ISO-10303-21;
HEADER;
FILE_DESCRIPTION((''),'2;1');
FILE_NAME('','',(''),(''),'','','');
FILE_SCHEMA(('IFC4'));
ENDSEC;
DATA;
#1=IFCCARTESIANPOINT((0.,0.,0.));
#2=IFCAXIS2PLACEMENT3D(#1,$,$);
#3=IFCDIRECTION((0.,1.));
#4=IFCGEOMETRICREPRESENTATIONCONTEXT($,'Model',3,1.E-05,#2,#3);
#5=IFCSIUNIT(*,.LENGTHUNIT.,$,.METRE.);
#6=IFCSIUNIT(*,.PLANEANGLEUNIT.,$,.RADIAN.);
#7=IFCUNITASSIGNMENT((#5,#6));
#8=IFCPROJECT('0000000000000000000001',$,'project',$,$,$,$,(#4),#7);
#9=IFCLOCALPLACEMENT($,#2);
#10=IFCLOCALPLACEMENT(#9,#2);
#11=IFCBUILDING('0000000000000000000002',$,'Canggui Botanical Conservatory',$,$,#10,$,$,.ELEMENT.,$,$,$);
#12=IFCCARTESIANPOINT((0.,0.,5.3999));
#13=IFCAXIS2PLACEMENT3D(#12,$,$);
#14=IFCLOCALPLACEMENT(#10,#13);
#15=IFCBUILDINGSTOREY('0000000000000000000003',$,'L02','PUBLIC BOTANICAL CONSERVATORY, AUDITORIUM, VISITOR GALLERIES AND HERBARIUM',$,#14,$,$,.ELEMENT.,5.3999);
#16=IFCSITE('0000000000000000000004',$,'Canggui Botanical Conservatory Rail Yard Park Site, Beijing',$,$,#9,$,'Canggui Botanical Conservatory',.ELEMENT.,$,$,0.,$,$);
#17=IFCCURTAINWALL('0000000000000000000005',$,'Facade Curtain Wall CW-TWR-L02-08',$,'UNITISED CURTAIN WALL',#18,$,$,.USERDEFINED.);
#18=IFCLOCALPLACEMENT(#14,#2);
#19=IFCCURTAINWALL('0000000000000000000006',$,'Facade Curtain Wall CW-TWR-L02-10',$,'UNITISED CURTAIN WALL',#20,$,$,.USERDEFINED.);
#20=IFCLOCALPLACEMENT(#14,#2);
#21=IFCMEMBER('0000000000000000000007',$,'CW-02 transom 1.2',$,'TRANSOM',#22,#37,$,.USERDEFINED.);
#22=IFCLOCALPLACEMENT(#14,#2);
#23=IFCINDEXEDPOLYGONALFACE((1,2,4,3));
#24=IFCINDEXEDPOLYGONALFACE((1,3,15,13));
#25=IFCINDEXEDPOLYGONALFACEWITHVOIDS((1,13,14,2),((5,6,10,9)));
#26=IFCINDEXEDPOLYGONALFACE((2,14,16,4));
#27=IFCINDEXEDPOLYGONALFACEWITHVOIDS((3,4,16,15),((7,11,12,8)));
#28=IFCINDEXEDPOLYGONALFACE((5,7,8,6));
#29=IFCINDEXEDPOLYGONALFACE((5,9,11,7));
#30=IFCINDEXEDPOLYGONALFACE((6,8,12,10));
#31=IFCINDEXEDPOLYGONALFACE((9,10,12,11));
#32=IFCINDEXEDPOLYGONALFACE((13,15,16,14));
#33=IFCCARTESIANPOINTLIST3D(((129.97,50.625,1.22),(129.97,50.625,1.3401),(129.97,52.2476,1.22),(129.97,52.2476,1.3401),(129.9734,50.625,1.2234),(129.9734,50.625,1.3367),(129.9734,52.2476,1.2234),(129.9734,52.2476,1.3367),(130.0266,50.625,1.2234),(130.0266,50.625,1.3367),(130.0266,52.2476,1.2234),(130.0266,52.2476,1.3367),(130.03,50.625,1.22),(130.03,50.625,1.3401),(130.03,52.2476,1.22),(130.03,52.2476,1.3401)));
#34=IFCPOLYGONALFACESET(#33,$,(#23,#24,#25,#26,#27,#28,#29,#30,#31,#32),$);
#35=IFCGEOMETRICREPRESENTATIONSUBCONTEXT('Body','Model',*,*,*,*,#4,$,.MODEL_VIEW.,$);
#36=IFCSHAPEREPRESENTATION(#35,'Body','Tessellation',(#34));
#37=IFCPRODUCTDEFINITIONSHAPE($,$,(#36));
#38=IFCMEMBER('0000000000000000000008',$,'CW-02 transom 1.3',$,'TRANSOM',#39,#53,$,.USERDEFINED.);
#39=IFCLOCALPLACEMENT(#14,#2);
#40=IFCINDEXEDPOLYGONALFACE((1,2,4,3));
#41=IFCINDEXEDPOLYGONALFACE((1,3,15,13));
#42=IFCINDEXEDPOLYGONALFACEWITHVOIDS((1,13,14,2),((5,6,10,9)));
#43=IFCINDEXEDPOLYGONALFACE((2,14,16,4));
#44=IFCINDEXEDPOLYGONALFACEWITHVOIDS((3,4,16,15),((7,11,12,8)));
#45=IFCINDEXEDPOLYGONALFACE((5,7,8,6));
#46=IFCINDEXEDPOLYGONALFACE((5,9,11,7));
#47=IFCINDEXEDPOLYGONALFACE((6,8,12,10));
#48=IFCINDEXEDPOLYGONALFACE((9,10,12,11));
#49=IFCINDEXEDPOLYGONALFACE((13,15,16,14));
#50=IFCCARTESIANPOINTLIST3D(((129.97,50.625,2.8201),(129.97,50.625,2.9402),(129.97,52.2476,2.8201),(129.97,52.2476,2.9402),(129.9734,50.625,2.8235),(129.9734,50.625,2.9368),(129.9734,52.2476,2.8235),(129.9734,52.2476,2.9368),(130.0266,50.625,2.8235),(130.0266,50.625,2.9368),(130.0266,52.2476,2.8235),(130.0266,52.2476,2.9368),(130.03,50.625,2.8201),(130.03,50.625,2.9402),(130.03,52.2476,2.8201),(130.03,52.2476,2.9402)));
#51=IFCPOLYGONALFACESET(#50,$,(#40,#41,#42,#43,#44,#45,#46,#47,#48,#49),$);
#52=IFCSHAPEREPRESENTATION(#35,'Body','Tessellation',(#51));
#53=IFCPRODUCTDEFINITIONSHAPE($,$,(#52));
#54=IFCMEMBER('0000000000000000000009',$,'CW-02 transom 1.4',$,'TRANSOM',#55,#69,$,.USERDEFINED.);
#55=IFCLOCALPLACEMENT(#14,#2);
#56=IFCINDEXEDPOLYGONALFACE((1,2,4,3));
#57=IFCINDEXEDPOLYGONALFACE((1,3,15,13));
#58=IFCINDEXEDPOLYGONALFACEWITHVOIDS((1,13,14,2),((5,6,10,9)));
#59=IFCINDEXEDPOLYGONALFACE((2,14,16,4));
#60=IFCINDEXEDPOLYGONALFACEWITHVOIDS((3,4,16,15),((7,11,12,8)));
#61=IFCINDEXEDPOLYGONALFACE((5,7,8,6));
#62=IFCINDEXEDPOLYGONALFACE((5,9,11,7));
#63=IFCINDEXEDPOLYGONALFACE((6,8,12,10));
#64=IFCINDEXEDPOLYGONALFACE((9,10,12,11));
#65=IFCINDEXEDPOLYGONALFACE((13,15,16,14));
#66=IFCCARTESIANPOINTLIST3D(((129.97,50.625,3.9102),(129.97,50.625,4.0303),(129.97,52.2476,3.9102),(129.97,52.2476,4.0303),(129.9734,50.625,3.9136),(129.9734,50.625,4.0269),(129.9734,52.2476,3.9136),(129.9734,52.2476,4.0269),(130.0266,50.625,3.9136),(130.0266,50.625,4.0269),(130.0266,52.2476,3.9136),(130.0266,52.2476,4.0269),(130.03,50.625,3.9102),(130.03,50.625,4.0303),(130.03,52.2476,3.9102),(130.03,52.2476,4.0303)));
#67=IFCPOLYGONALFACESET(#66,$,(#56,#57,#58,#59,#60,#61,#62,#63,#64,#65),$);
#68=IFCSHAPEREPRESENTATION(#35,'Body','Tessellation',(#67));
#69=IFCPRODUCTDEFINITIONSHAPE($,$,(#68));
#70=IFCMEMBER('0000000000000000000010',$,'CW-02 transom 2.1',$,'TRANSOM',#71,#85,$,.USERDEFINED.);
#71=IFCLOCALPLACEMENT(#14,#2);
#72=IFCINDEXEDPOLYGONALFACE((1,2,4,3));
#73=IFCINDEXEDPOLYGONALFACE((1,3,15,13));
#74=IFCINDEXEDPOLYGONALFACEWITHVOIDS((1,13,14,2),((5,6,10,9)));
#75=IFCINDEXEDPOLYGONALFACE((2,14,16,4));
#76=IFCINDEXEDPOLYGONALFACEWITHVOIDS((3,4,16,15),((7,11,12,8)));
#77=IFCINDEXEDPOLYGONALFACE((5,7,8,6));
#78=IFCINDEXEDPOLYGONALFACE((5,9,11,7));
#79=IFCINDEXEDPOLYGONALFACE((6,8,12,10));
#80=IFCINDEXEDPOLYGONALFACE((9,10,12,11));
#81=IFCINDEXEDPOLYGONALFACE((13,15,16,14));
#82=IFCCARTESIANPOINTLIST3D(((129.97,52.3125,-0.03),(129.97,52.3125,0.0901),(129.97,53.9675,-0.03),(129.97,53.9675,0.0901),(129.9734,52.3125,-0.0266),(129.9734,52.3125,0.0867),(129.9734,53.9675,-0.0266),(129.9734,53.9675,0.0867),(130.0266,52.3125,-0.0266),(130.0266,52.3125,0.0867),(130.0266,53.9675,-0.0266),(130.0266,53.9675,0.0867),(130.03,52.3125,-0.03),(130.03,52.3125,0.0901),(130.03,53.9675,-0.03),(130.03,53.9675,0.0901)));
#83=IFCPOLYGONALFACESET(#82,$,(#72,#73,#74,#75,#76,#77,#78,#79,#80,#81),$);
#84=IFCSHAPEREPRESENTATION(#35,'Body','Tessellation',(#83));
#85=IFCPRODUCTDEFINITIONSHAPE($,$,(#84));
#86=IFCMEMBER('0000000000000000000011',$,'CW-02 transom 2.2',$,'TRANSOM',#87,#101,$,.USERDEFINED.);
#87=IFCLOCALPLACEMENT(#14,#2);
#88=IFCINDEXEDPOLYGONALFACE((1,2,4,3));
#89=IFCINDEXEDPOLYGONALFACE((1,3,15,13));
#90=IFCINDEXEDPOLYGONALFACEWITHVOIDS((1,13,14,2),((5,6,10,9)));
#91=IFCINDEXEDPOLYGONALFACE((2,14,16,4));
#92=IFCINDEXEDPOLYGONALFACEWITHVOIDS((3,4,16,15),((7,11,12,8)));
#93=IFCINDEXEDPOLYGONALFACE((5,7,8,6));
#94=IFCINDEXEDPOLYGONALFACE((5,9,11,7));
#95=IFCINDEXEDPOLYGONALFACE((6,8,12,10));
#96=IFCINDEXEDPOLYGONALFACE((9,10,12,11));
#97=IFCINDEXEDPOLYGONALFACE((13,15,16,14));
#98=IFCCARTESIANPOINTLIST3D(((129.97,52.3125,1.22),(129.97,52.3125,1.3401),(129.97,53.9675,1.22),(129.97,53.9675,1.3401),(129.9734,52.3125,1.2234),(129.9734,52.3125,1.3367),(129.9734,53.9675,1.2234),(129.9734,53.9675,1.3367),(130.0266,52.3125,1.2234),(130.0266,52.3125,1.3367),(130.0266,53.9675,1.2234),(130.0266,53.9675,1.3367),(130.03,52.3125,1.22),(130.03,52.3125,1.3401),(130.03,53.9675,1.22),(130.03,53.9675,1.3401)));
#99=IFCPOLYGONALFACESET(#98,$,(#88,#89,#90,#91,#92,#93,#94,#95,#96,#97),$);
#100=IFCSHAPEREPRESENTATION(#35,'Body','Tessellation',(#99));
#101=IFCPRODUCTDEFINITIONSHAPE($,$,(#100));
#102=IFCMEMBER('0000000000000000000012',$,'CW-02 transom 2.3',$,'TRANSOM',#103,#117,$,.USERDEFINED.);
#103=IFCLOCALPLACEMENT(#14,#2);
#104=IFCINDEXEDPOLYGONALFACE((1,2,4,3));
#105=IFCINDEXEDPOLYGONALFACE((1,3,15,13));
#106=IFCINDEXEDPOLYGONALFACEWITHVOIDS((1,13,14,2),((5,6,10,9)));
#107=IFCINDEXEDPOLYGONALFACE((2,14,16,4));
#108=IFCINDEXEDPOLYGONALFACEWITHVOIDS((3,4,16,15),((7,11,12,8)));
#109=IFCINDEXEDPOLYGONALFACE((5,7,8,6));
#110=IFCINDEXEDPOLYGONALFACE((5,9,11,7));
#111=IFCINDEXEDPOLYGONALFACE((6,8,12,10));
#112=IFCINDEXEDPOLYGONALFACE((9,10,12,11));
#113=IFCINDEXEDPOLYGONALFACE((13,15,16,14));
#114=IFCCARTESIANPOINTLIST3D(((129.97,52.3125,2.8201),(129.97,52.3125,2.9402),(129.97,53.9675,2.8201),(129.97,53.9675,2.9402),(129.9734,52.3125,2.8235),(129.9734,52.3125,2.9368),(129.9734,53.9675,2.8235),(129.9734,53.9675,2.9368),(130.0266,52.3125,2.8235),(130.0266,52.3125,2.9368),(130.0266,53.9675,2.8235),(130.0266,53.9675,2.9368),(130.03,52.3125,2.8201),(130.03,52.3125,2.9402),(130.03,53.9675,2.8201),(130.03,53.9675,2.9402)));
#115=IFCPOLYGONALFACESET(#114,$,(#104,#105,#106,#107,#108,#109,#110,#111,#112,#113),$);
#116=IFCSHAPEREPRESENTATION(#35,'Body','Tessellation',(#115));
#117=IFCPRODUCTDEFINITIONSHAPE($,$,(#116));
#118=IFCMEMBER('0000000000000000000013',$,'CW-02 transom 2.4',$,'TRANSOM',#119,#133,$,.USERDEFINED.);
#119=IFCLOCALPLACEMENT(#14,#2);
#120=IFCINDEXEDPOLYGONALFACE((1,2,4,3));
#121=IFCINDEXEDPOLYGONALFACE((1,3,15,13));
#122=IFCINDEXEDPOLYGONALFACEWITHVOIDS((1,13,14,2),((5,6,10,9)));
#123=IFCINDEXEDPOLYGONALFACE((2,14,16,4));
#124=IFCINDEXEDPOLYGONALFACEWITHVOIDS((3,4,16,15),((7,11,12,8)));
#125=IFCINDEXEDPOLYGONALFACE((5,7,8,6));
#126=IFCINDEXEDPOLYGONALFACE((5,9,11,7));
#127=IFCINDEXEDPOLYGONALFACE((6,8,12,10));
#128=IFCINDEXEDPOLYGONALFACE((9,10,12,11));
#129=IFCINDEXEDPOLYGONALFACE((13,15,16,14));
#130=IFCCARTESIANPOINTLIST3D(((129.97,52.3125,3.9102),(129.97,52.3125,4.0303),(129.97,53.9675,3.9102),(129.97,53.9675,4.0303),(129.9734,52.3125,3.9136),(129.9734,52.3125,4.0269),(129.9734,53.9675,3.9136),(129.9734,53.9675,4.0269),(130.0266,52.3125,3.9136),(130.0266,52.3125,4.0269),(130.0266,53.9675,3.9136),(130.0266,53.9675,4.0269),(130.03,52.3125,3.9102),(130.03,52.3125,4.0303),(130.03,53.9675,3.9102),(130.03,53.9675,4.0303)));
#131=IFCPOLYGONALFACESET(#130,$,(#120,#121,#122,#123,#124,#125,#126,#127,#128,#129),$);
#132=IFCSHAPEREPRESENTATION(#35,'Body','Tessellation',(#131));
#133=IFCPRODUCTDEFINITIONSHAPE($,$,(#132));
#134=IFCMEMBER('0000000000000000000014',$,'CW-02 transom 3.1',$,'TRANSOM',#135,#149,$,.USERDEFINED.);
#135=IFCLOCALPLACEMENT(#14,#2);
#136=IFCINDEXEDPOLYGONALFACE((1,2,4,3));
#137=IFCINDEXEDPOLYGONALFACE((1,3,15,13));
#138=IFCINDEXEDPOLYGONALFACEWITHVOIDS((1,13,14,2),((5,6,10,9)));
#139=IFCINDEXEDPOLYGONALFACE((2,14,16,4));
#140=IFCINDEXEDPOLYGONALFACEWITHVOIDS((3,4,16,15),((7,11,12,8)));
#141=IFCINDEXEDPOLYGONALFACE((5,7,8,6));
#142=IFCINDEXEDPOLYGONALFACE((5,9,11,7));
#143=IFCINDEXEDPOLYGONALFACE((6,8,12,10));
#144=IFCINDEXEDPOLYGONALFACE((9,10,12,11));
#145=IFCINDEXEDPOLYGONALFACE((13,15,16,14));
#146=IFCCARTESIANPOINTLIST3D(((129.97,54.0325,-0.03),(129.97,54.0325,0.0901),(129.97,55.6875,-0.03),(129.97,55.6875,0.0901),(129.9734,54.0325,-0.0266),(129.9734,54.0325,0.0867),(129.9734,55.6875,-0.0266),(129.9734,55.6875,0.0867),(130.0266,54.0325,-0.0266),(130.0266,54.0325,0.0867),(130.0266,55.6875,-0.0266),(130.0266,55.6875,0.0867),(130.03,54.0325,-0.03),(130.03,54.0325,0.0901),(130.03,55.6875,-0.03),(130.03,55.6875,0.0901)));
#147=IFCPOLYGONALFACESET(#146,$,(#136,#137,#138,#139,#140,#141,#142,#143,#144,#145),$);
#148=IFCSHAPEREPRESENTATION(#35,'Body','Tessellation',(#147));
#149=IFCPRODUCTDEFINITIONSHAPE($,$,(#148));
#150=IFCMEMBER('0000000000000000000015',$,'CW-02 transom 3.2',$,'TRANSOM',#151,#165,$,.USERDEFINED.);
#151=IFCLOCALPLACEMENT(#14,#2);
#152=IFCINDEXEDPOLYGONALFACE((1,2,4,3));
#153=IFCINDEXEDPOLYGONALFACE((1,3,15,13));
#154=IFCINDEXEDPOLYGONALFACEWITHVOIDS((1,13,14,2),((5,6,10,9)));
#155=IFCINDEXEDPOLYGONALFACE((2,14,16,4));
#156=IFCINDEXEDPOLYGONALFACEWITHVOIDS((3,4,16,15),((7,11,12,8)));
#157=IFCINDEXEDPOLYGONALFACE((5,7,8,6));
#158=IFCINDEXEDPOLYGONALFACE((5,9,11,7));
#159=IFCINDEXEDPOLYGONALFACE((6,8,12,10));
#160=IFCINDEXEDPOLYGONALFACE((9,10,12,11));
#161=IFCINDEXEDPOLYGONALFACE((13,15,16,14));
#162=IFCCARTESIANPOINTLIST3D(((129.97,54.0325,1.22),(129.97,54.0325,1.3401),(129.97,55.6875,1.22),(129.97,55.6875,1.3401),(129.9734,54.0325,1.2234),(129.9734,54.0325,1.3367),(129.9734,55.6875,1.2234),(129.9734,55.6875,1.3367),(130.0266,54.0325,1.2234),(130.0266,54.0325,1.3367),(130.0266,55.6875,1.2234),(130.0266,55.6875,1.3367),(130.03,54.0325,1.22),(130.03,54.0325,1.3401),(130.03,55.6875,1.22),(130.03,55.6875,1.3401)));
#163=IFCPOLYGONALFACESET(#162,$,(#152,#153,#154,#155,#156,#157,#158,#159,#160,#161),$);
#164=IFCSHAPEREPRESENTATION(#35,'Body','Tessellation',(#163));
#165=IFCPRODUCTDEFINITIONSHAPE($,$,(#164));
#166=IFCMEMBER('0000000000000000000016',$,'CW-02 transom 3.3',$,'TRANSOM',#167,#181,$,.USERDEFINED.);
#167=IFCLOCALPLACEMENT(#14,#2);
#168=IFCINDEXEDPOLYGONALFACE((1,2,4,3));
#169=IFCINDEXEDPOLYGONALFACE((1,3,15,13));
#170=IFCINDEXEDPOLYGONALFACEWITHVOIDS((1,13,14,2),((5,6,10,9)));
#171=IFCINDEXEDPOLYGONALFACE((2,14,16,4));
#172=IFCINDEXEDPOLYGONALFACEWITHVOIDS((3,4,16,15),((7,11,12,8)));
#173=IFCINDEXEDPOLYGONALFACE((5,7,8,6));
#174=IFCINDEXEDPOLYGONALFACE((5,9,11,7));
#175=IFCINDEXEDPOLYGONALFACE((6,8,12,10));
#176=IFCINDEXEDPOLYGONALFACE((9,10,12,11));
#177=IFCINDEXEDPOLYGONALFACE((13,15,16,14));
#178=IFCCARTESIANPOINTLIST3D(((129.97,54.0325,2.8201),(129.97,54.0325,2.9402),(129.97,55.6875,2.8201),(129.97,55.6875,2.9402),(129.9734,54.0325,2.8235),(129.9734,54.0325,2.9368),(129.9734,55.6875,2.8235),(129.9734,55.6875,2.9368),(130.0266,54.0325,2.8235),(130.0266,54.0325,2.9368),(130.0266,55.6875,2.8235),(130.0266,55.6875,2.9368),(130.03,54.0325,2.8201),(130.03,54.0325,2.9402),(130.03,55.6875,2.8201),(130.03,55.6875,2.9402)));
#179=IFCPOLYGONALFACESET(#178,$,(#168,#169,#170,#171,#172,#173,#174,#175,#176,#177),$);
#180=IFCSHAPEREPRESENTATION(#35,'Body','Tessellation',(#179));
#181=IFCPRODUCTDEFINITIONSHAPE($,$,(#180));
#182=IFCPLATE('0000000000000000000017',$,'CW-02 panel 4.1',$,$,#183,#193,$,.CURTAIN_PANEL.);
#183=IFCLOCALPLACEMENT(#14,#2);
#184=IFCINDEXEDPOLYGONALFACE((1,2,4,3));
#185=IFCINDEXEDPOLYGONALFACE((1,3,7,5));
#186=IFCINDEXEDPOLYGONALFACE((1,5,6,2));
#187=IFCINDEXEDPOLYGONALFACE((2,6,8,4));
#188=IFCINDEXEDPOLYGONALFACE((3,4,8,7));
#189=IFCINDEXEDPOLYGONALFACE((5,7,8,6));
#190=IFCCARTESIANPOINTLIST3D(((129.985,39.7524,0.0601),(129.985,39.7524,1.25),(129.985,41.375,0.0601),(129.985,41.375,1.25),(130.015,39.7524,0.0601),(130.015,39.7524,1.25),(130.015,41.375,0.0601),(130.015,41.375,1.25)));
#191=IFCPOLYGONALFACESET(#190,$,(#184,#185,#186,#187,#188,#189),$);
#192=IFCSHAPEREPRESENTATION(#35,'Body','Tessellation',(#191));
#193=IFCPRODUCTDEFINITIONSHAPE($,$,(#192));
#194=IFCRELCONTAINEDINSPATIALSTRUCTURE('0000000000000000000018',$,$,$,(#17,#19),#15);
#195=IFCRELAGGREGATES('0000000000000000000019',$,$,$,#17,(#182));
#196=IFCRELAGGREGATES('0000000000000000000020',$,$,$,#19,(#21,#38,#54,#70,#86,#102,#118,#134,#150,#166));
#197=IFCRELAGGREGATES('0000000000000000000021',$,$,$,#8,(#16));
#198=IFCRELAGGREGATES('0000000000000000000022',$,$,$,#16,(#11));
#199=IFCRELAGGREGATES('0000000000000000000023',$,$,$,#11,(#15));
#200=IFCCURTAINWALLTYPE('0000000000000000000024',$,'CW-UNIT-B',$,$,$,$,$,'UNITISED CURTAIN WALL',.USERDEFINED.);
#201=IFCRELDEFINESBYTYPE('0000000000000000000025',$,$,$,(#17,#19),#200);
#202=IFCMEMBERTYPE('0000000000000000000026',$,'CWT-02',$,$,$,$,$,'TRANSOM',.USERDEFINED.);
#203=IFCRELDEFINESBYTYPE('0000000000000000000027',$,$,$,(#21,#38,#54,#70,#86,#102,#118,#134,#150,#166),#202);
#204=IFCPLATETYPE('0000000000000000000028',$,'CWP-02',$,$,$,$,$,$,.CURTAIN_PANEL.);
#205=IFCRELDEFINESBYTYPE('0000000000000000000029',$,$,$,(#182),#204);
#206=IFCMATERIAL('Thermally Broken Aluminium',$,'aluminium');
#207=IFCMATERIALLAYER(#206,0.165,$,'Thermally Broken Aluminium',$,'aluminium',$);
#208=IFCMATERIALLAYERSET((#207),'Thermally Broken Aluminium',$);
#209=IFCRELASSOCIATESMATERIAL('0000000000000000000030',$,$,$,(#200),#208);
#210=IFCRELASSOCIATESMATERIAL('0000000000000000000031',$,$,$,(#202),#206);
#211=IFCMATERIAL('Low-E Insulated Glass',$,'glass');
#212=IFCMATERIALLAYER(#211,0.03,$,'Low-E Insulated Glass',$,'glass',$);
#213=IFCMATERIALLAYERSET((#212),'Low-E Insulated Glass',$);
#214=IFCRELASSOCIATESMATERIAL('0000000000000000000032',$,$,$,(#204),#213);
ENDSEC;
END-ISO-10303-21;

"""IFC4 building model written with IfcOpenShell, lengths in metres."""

from ifc_helpers import new_model, si_unit, direction, frame, origin, origin_2d, place, context, subcontext, project, spatial, rectangle, hollow_rectangle, extrude, material, layer, layer_set, material_profile, profile_set, type_object, element, aggregate, save


model = new_model("IFC4")

# Units and contexts
model_context = context("Model", 3, precision=1e-05, world=origin(), true_north=direction((0.0, 1.0)))
body_context = subcontext(model_context, "Body", "Model", "MODEL_VIEW")
ifc_project = project(units=[si_unit("LENGTHUNIT", "METRE"), si_unit("PLANEANGLEUNIT", "RADIAN")], contexts=[model_context])

# Site, building, storey
site_placement = place(None, origin())
site = spatial("IfcSite", under=ifc_project, at=site_placement, Name="Canggui Botanical Conservatory Rail Yard Park Site, Beijing", LongName="Canggui Botanical Conservatory", CompositionType="ELEMENT", RefElevation=0.0)
building_placement = place(site_placement, origin())
building = spatial("IfcBuilding", under=site, at=building_placement, Name="Canggui Botanical Conservatory", CompositionType="ELEMENT")
storey_placement = place(building_placement, frame((0.0, 0.0, 5.3999)))
storey = spatial("IfcBuildingStorey", under=building, at=storey_placement, Name="L02", Description="PUBLIC BOTANICAL CONSERVATORY, AUDITORIUM, VISITOR GALLERIES AND HERBARIUM", CompositionType="ELEMENT", Elevation=5.3999)

# Curtain wall
ifc_material_1 = material(Name="Thermally Broken Aluminium", Category="aluminium")
ifc_layer_1 = layer(ifc_material_1, 0.165, Name="Thermally Broken Aluminium", Category="aluminium")
ifc_layer_set_1 = layer_set([ifc_layer_1], Name="Thermally Broken Aluminium")
curtain_wall_type = type_object("IfcCurtainWallType", Name="CW-UNIT-B", ElementType="UNITISED CURTAIN WALL", PredefinedType="USERDEFINED", material=ifc_layer_set_1)
curtain_wall_1_placement = place(storey_placement, origin())
curtain_wall_1 = element("IfcCurtainWall", 1, at=curtain_wall_1_placement, inside=storey, type_object=curtain_wall_type, Name="Facade Curtain Wall CW-TWR-L02-08", ObjectType="UNITISED CURTAIN WALL", PredefinedType="USERDEFINED")

# Curtain wall
curtain_wall_2_placement = place(storey_placement, origin())
curtain_wall_2 = element("IfcCurtainWall", 2, at=curtain_wall_2_placement, inside=storey, type_object=curtain_wall_type, Name="Facade Curtain Wall CW-TWR-L02-10", ObjectType="UNITISED CURTAIN WALL", PredefinedType="USERDEFINED")

# Members
ifc_material_profile_1 = material_profile(ifc_material_1, hollow_rectangle(XDim=0.0601, YDim=0.1201, WallThickness=0.0034, at=origin_2d()), Name="CWT 60x120x3.5")
ifc_profile_set_1 = profile_set([ifc_material_profile_1], Name="Thermally Broken Aluminium")
member_type_1 = type_object("IfcMemberType", Name="CWT-02", ElementType="TRANSOM", PredefinedType="USERDEFINED", material=ifc_profile_set_1)
member_1_placement = place(storey_placement, frame((130.0, 50.625, 1.28), z_axis=(0.0, 1.0, 0.0), x_axis=(-1.0, 0.0, 0.0)))
member_1 = element("IfcMember", 3, at=member_1_placement, type_object=member_type_1, Name="CW-02 transom 1.2", ObjectType="TRANSOM", PredefinedType="USERDEFINED", context=body_context, shape_type="SweptSolid", body=[
    extrude(hollow_rectangle(XDim=0.0601, YDim=0.1201, WallThickness=0.0034, at=origin_2d()), origin(), (0.0, 0.0, 1.0), 1.6226),
])
member_2_placement = place(storey_placement, frame((130.0, 50.625, 2.8801), z_axis=(0.0, 1.0, 0.0), x_axis=(-1.0, 0.0, 0.0)))
member_2 = element("IfcMember", 4, at=member_2_placement, type_object=member_type_1, Name="CW-02 transom 1.3", ObjectType="TRANSOM", PredefinedType="USERDEFINED", context=body_context, shape_type="SweptSolid", body=[
    extrude(hollow_rectangle(XDim=0.0601, YDim=0.1201, WallThickness=0.0034, at=origin_2d()), origin(), (0.0, 0.0, 1.0), 1.6226),
])
member_3_placement = place(storey_placement, frame((130.0, 50.625, 3.9702), z_axis=(0.0, 1.0, 0.0), x_axis=(-1.0, 0.0, 0.0)))
member_3 = element("IfcMember", 5, at=member_3_placement, type_object=member_type_1, Name="CW-02 transom 1.4", ObjectType="TRANSOM", PredefinedType="USERDEFINED", context=body_context, shape_type="SweptSolid", body=[
    extrude(hollow_rectangle(XDim=0.0601, YDim=0.1201, WallThickness=0.0034, at=origin_2d()), origin(), (0.0, 0.0, 1.0), 1.6226),
])
member_4_placement = place(storey_placement, frame((130.0, 52.3125, 0.03), z_axis=(0.0, 1.0, 0.0), x_axis=(-1.0, 0.0, 0.0)))
member_4 = element("IfcMember", 6, at=member_4_placement, type_object=member_type_1, Name="CW-02 transom 2.1", ObjectType="TRANSOM", PredefinedType="USERDEFINED", context=body_context, shape_type="SweptSolid", body=[
    extrude(hollow_rectangle(XDim=0.0601, YDim=0.1201, WallThickness=0.0034, at=origin_2d()), origin(), (0.0, 0.0, 1.0), 1.655),
])
member_5_placement = place(storey_placement, frame((130.0, 52.3125, 1.28), z_axis=(0.0, 1.0, 0.0), x_axis=(-1.0, 0.0, 0.0)))
member_5 = element("IfcMember", 7, at=member_5_placement, type_object=member_type_1, Name="CW-02 transom 2.2", ObjectType="TRANSOM", PredefinedType="USERDEFINED", context=body_context, shape_type="SweptSolid", body=[
    extrude(hollow_rectangle(XDim=0.0601, YDim=0.1201, WallThickness=0.0034, at=origin_2d()), origin(), (0.0, 0.0, 1.0), 1.655),
])
member_6_placement = place(storey_placement, frame((130.0, 52.3125, 2.8801), z_axis=(0.0, 1.0, 0.0), x_axis=(-1.0, 0.0, 0.0)))
member_6 = element("IfcMember", 8, at=member_6_placement, type_object=member_type_1, Name="CW-02 transom 2.3", ObjectType="TRANSOM", PredefinedType="USERDEFINED", context=body_context, shape_type="SweptSolid", body=[
    extrude(hollow_rectangle(XDim=0.0601, YDim=0.1201, WallThickness=0.0034, at=origin_2d()), origin(), (0.0, 0.0, 1.0), 1.655),
])
member_7_placement = place(storey_placement, frame((130.0, 52.3125, 3.9702), z_axis=(0.0, 1.0, 0.0), x_axis=(-1.0, 0.0, 0.0)))
member_7 = element("IfcMember", 9, at=member_7_placement, type_object=member_type_1, Name="CW-02 transom 2.4", ObjectType="TRANSOM", PredefinedType="USERDEFINED", context=body_context, shape_type="SweptSolid", body=[
    extrude(hollow_rectangle(XDim=0.0601, YDim=0.1201, WallThickness=0.0034, at=origin_2d()), origin(), (0.0, 0.0, 1.0), 1.655),
])
member_8_placement = place(storey_placement, frame((130.0, 54.0325, 0.03), z_axis=(0.0, 1.0, 0.0), x_axis=(-1.0, 0.0, 0.0)))
member_8 = element("IfcMember", 10, at=member_8_placement, type_object=member_type_1, Name="CW-02 transom 3.1", ObjectType="TRANSOM", PredefinedType="USERDEFINED", context=body_context, shape_type="SweptSolid", body=[
    extrude(hollow_rectangle(XDim=0.0601, YDim=0.1201, WallThickness=0.0034, at=origin_2d()), origin(), (0.0, 0.0, 1.0), 1.655),
])
member_9_placement = place(storey_placement, frame((130.0, 54.0325, 1.28), z_axis=(0.0, 1.0, 0.0), x_axis=(-1.0, 0.0, 0.0)))
member_9 = element("IfcMember", 11, at=member_9_placement, type_object=member_type_1, Name="CW-02 transom 3.2", ObjectType="TRANSOM", PredefinedType="USERDEFINED", context=body_context, shape_type="SweptSolid", body=[
    extrude(hollow_rectangle(XDim=0.0601, YDim=0.1201, WallThickness=0.0034, at=origin_2d()), origin(), (0.0, 0.0, 1.0), 1.655),
])
member_10_placement = place(storey_placement, frame((130.0, 54.0325, 2.8801), z_axis=(0.0, 1.0, 0.0), x_axis=(-1.0, 0.0, 0.0)))
member_10 = element("IfcMember", 12, at=member_10_placement, type_object=member_type_1, Name="CW-02 transom 3.3", ObjectType="TRANSOM", PredefinedType="USERDEFINED", context=body_context, shape_type="SweptSolid", body=[
    extrude(hollow_rectangle(XDim=0.0601, YDim=0.1201, WallThickness=0.0034, at=origin_2d()), origin(), (0.0, 0.0, 1.0), 1.655),
])

# Plate
ifc_material_2 = material(Name="Low-E Insulated Glass", Category="glass")
ifc_layer_2 = layer(ifc_material_2, 0.03, Name="Low-E Insulated Glass", Category="glass")
ifc_layer_set_2 = layer_set([ifc_layer_2], Name="Low-E Insulated Glass")
plate_type = type_object("IfcPlateType", Name="CWP-02", PredefinedType="CURTAIN_PANEL", material=ifc_layer_set_2)
plate_1_placement = place(storey_placement, frame((130.0, 40.5637, 0.0601), z_axis=(0.0, 0.0, 1.0), x_axis=(0.0, 1.0, 0.0)))
plate_1 = element("IfcPlate", 13, at=plate_1_placement, type_object=plate_type, Name="CW-02 panel 4.1", PredefinedType="CURTAIN_PANEL", context=body_context, shape_type="SweptSolid", body=[
    extrude(rectangle(XDim=1.6226, YDim=0.03, at=origin_2d()), origin(), (0.0, 0.0, 1.0), 1.1899),
])
aggregate(curtain_wall_1, [plate_1])
aggregate(curtain_wall_2, [member_1, member_2, member_3, member_4, member_5, member_6, member_7, member_8, member_9, member_10])

save(model, "model.ifc")
